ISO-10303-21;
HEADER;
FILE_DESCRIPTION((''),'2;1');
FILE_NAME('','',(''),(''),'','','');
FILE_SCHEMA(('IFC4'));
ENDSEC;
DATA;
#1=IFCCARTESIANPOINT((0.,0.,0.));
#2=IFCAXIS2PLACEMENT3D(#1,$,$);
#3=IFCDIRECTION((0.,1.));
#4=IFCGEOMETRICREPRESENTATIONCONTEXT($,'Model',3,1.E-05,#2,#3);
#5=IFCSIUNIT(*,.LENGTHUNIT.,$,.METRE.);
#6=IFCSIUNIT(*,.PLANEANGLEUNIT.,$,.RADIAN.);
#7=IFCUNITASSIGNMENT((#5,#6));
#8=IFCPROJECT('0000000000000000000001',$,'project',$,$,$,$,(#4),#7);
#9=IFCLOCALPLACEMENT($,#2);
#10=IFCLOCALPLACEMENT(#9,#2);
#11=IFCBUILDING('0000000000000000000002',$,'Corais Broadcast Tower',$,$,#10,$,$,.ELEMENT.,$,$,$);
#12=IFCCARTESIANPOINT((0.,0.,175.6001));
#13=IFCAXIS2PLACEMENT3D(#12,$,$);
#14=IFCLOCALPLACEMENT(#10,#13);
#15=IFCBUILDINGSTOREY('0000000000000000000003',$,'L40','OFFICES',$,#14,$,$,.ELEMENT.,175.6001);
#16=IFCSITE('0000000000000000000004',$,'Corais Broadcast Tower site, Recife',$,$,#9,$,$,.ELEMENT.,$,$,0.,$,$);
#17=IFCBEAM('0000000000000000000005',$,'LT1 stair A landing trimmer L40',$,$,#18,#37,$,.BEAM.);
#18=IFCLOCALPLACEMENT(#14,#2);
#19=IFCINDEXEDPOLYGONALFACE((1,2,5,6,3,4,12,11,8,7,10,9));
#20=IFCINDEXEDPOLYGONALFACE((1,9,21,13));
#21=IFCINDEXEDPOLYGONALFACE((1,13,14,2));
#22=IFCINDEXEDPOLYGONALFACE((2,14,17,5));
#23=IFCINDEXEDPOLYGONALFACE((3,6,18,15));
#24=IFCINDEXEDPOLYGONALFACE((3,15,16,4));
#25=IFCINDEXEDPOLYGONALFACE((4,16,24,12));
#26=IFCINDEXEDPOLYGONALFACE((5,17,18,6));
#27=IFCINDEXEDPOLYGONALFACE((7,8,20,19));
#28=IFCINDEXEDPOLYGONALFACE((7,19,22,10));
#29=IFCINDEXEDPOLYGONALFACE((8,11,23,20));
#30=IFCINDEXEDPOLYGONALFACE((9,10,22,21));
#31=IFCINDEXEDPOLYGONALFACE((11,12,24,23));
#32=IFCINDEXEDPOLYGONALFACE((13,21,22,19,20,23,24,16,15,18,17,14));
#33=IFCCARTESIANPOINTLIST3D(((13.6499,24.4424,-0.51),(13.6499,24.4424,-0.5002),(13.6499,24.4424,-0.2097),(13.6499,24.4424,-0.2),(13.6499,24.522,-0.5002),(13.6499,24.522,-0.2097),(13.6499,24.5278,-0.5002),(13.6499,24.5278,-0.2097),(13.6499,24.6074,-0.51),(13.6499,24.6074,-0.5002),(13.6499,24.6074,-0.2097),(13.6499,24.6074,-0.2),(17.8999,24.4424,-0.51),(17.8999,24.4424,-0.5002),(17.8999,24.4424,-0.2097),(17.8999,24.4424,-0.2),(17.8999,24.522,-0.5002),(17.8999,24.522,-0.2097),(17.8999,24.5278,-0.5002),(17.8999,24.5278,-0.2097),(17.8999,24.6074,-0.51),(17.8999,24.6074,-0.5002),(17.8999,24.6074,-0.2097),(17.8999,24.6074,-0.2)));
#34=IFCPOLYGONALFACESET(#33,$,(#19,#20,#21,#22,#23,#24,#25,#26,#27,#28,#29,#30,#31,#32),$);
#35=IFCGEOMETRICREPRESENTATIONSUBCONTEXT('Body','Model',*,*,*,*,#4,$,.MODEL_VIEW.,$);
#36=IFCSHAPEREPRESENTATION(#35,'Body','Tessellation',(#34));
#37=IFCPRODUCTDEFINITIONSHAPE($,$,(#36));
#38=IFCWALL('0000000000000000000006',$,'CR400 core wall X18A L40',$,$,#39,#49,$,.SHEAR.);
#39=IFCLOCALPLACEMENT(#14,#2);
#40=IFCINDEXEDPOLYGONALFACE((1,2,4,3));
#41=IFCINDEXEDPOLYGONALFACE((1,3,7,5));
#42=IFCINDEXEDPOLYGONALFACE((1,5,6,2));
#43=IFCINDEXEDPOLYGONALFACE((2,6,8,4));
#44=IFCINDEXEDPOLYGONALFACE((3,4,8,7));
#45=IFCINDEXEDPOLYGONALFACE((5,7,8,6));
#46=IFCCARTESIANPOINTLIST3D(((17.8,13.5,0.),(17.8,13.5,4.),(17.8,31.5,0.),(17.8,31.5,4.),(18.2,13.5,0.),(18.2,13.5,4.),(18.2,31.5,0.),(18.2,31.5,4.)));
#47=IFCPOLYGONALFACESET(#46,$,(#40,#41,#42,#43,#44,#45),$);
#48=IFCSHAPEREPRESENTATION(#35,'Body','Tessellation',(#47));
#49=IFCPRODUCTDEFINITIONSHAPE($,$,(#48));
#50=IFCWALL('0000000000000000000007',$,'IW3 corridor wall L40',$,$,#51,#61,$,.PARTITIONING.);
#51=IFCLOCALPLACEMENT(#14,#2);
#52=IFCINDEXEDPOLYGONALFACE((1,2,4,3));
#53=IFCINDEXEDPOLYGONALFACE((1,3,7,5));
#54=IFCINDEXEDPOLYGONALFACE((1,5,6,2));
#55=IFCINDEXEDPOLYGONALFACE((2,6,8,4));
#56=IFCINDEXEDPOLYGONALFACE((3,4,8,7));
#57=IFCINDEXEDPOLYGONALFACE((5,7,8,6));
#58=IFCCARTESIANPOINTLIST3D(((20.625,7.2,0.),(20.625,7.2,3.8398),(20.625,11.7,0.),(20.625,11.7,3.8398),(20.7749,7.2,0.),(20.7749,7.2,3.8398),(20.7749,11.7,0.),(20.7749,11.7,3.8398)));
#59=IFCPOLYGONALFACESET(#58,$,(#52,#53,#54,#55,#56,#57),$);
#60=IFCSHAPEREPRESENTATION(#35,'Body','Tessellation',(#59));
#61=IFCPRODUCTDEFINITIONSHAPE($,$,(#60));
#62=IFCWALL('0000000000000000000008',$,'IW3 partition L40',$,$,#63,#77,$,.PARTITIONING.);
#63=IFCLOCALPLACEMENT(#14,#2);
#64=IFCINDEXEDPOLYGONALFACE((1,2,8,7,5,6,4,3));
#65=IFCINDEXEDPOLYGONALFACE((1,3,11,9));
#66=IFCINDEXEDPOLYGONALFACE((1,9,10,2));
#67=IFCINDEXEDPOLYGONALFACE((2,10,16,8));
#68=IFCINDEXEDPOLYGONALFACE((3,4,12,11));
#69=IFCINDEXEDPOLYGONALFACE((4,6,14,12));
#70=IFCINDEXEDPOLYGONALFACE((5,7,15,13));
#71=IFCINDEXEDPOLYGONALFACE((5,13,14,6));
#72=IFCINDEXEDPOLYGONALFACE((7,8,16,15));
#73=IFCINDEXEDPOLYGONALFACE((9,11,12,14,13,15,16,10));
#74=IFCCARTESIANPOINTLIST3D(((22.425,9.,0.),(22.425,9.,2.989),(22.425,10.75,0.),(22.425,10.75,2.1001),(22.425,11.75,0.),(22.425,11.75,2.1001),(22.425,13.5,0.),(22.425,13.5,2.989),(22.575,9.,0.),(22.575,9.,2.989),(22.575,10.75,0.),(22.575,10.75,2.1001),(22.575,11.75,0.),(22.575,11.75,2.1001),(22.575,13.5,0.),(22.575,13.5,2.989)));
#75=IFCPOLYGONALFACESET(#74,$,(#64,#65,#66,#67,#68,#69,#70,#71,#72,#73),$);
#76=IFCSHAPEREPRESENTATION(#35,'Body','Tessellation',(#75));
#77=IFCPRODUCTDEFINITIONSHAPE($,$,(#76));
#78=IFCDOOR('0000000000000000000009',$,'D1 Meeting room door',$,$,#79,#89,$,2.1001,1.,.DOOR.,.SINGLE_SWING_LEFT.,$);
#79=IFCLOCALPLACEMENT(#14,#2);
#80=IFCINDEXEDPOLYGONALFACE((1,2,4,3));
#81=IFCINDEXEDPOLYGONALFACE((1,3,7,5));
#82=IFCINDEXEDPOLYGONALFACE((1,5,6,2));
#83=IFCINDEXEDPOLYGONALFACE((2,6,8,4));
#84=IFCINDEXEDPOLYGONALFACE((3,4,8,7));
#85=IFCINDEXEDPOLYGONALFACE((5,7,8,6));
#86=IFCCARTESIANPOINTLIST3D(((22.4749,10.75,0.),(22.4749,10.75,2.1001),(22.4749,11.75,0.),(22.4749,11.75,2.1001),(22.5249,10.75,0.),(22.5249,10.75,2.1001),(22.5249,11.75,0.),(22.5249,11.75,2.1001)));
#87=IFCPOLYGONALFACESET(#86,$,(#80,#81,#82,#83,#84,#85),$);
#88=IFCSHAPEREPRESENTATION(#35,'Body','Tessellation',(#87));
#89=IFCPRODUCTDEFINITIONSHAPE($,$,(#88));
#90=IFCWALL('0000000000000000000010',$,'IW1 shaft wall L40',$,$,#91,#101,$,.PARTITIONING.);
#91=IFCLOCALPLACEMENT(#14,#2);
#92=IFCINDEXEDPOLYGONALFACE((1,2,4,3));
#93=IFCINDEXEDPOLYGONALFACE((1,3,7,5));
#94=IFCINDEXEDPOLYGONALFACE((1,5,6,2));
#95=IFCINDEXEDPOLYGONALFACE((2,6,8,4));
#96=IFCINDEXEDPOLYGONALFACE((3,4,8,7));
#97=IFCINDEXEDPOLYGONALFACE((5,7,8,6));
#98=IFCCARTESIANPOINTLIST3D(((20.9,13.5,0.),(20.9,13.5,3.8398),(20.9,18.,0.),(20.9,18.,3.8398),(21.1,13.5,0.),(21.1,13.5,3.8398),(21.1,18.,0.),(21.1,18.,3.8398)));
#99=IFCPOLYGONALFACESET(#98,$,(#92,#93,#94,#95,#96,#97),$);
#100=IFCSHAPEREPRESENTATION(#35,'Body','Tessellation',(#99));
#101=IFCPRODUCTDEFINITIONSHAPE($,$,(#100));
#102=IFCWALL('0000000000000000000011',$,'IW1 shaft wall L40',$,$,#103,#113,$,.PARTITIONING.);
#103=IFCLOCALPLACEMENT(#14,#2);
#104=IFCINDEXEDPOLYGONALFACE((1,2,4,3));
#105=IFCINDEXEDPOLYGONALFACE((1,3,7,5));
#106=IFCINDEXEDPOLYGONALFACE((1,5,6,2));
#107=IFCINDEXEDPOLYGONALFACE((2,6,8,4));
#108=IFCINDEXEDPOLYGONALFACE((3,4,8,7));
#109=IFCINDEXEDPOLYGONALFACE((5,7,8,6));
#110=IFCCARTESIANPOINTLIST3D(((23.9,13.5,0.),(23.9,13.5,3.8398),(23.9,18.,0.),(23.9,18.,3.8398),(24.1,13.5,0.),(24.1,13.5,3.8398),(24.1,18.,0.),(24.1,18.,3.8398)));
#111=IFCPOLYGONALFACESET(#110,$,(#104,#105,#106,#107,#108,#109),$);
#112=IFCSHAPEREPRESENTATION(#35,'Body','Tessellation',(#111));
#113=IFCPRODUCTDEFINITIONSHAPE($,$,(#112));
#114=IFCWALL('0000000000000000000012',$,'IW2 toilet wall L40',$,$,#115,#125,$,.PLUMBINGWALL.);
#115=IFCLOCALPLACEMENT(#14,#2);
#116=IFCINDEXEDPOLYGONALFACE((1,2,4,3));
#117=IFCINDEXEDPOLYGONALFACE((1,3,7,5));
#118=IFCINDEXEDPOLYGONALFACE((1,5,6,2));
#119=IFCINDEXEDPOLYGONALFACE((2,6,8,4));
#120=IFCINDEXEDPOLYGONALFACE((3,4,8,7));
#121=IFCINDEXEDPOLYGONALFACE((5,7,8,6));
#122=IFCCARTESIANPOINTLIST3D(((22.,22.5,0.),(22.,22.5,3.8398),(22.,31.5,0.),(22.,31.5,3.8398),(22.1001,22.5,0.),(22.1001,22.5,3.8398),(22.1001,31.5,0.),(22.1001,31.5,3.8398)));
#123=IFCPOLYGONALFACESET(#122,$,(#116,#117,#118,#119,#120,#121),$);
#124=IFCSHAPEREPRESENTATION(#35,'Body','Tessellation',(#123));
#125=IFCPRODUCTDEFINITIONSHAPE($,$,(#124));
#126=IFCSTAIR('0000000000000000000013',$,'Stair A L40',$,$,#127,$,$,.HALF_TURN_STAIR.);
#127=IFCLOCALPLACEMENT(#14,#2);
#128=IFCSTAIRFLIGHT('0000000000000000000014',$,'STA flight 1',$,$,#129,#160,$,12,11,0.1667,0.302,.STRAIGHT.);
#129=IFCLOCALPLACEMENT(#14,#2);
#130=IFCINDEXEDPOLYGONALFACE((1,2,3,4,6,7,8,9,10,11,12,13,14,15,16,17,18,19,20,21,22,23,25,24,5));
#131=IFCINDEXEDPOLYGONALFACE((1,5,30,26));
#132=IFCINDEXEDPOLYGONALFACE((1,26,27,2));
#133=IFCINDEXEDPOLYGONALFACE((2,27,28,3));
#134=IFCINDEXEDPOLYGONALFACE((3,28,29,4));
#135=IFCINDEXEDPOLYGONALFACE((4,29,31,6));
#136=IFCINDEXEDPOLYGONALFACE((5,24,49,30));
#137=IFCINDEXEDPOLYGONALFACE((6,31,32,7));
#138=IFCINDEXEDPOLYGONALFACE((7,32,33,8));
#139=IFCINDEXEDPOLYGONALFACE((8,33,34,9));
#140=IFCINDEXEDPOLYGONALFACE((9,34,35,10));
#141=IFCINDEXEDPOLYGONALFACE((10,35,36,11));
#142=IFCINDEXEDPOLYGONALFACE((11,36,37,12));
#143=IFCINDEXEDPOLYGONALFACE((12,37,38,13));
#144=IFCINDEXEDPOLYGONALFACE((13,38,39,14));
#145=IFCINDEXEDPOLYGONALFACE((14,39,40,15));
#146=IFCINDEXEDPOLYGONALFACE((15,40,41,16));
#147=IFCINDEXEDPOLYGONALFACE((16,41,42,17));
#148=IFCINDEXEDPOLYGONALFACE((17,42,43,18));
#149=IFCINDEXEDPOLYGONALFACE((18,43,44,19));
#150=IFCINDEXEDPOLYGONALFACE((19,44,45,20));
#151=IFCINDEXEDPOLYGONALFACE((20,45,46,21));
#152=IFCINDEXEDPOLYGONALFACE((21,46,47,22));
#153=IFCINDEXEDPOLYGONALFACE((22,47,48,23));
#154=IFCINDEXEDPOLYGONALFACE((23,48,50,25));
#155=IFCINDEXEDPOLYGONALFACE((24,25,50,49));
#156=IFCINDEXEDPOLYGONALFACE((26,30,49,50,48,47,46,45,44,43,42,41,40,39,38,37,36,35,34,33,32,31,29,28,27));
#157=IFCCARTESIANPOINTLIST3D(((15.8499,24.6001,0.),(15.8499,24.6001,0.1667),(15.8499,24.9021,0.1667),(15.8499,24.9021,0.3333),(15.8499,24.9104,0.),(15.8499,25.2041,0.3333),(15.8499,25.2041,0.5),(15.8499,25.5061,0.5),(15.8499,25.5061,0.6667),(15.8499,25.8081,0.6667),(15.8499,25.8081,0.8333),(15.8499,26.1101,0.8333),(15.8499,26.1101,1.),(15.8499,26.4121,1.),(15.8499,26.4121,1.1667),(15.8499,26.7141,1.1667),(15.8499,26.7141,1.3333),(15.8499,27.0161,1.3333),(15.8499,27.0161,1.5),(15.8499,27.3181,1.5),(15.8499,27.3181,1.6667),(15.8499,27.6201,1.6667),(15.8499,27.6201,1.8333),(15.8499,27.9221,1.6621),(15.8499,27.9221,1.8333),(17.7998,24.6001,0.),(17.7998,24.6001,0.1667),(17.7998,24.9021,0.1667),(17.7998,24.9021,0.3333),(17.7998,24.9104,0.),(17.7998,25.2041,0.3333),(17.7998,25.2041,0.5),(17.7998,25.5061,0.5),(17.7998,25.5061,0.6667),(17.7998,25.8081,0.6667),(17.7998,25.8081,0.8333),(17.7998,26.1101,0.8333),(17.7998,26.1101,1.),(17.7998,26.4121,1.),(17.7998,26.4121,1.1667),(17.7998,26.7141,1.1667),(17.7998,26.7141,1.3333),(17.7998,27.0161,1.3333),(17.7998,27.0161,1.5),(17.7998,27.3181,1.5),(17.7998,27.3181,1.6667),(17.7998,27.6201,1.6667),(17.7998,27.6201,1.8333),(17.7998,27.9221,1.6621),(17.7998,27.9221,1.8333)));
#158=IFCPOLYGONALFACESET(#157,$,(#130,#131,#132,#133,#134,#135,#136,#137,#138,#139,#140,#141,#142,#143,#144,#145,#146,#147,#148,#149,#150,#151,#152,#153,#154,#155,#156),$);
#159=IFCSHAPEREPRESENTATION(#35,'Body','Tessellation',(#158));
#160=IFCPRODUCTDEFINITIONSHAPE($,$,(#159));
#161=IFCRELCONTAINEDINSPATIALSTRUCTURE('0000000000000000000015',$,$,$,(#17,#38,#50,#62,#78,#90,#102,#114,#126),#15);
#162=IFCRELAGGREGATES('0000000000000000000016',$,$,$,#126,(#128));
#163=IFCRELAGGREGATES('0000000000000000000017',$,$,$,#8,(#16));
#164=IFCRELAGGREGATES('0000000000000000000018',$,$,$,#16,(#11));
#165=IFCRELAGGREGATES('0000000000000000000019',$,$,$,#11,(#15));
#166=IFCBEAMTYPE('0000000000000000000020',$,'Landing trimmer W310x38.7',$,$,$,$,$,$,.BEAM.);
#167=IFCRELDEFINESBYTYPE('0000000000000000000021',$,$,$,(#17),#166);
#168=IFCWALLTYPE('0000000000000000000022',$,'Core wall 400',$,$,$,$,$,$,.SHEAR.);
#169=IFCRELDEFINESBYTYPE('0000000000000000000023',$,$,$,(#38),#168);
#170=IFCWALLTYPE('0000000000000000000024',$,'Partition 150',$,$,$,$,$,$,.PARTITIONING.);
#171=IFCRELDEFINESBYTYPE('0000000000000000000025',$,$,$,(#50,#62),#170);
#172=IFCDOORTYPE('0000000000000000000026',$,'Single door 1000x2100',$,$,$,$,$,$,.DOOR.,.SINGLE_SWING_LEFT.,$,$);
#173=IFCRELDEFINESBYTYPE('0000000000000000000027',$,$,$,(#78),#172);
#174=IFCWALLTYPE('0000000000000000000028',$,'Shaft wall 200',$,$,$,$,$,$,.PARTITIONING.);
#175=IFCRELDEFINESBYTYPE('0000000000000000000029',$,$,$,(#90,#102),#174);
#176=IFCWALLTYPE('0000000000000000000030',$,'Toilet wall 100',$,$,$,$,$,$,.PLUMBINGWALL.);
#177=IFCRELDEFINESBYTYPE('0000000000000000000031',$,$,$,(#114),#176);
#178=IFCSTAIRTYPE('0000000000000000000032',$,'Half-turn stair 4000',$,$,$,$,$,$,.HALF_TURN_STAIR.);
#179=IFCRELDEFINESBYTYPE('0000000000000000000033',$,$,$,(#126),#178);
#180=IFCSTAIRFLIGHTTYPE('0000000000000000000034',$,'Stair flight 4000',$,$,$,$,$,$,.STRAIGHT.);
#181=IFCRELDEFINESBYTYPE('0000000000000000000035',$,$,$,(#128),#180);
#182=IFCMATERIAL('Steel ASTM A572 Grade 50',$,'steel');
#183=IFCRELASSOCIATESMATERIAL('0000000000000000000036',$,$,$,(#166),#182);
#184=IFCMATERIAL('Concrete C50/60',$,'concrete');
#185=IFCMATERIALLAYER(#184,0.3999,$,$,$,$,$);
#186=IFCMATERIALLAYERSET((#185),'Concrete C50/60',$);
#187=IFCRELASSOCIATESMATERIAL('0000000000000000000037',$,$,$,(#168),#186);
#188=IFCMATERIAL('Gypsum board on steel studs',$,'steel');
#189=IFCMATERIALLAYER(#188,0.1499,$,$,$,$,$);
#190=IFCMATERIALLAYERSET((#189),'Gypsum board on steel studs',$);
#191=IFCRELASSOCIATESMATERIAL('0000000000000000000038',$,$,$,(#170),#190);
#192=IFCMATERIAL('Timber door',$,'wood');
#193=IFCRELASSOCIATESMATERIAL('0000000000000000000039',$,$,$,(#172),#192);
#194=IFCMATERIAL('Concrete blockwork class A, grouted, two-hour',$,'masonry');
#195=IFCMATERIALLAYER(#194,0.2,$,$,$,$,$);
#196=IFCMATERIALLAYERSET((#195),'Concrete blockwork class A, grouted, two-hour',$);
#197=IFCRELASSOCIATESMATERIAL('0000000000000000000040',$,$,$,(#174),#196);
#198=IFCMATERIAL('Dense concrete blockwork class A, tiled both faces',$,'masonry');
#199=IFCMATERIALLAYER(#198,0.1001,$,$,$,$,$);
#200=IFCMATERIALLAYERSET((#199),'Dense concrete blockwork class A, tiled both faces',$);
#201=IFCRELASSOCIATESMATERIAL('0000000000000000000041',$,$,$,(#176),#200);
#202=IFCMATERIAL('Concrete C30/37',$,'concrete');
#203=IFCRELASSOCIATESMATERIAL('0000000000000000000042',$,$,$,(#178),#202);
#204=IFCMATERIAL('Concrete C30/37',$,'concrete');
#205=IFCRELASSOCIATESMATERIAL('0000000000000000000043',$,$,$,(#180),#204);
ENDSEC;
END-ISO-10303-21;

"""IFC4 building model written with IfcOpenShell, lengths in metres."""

from ifc_helpers import new_model, si_unit, direction, frame, frame_2d, origin, origin_2d, place, context, subcontext, project, spatial, polyline, rectangle, i_section, outline, extrude, material, layer, layer_set, material_profile, profile_set, type_object, element, fill, aggregate, save


model = new_model("IFC4")

# Units and contexts
model_context = context("Model", 3, precision=1e-05, world=origin(), true_north=direction((0.0, 1.0)))
body_context = subcontext(model_context, "Body", "Model", "MODEL_VIEW")
ifc_project = project(units=[si_unit("LENGTHUNIT", "METRE"), si_unit("PLANEANGLEUNIT", "RADIAN")], contexts=[model_context])

# Site, building, storey
site_placement = place(None, origin())
site = spatial("IfcSite", under=ifc_project, at=site_placement, Name="Corais Broadcast Tower site, Recife", CompositionType="ELEMENT", RefElevation=0.0)
building_placement = place(site_placement, origin())
building = spatial("IfcBuilding", under=site, at=building_placement, Name="Corais Broadcast Tower", CompositionType="ELEMENT")
storey_placement = place(building_placement, frame((0.0, 0.0, 175.6001)))
storey = spatial("IfcBuildingStorey", under=building, at=storey_placement, Name="L40", Description="OFFICES", CompositionType="ELEMENT", Elevation=175.6001)

# Beam
ifc_material_1 = material(Name="Steel ASTM A572 Grade 50", Category="steel")
ifc_material_profile = material_profile(ifc_material_1, i_section(OverallWidth=0.165, OverallDepth=0.3101, WebThickness=0.0059, FlangeThickness=0.0098, at=origin_2d()), Name="W310x38.7")
ifc_profile_set = profile_set([ifc_material_profile], Name="Steel ASTM A572 Grade 50")
beam_type = type_object("IfcBeamType", Name="Landing trimmer W310x38.7", PredefinedType="BEAM", material=ifc_profile_set)
beam_placement = place(storey_placement, frame((13.6499, 24.5249, -0.355), z_axis=(1.0, 0.0, 0.0), x_axis=(0.0, 1.0, 0.0)))
element("IfcBeam", 1, at=beam_placement, inside=storey, type_object=beam_type, Name="LT1 stair A landing trimmer L40", PredefinedType="BEAM", context=body_context, shape_type="SweptSolid", body=[
    extrude(i_section(OverallWidth=0.165, OverallDepth=0.3101, WebThickness=0.0059, FlangeThickness=0.0098, at=origin_2d()), origin(), (0.0, 0.0, 1.0), 4.25),
])

# Walls
ifc_material_2 = material(Name="Concrete C50/60", Category="concrete")
ifc_layer_1 = layer(ifc_material_2, 0.3999)
ifc_layer_set_1 = layer_set([ifc_layer_1], Name="Concrete C50/60")
wall_type_1 = type_object("IfcWallType", Name="Core wall 400", PredefinedType="SHEAR", material=ifc_layer_set_1)
wall_1_placement = place(storey_placement, frame((18.0, 13.5, 0.0), z_axis=(0.0, 0.0, 1.0), x_axis=(0.0, 1.0, 0.0)))
element("IfcWall", 2, at=wall_1_placement, inside=storey, type_object=wall_type_1, Name="CR400 core wall X18A L40", PredefinedType="SHEAR", context=body_context, shape_type="SweptSolid", body=[
    extrude(rectangle(XDim=18.0, YDim=0.3999, at=frame_2d((9.0, 0.0))), origin(), (0.0, 0.0, 1.0), 4.0),
])
ifc_material_3 = material(Name="Gypsum board on steel studs", Category="steel")
ifc_layer_2 = layer(ifc_material_3, 0.1499)
ifc_layer_set_2 = layer_set([ifc_layer_2], Name="Gypsum board on steel studs")
wall_type_2 = type_object("IfcWallType", Name="Partition 150", PredefinedType="PARTITIONING", material=ifc_layer_set_2)
wall_2_placement = place(storey_placement, frame((20.7, 11.7, 0.0), z_axis=(0.0, 0.0, 1.0), x_axis=(0.0, -1.0, 0.0)))
element("IfcWall", 3, at=wall_2_placement, inside=storey, type_object=wall_type_2, Name="IW3 corridor wall L40", PredefinedType="PARTITIONING", context=body_context, shape_type="SweptSolid", body=[
    extrude(rectangle(XDim=4.5, YDim=0.1499, at=frame_2d((2.25, 0.0))), origin(), (0.0, 0.0, 1.0), 3.8398),
])

# Wall, opening, door
wall_3_placement = place(storey_placement, frame((22.5, 13.5, 0.0), z_axis=(0.0, 0.0, 1.0), x_axis=(0.0, -1.0, 0.0)))
wall_3 = element("IfcWall", 4, at=wall_3_placement, inside=storey, type_object=wall_type_2, Name="IW3 partition L40", PredefinedType="PARTITIONING", context=body_context, shape_type="SweptSolid", body=[
    extrude(rectangle(XDim=4.5, YDim=0.1499, at=frame_2d((2.25, 0.0))), origin(), (0.0, 0.0, 1.0), 2.989),
])
opening_placement = place(wall_3_placement, frame((1.75, 0.0, 0.0)))
opening = element("IfcOpeningElement", 5, at=opening_placement, cuts=wall_3, PredefinedType="OPENING", context=body_context, shape_type="SweptSolid", body=[
    extrude(rectangle(XDim=1.0, YDim=2.1001, at=frame_2d((0.5, 1.05))), frame((0.0, 0.085, 0.0), z_axis=(0.0, -1.0, 0.0), x_axis=(1.0, 0.0, 0.0)), (0.0, 0.0, 1.0), 0.1699),
])
ifc_material_4 = material(Name="Timber door", Category="wood")
door_type = type_object("IfcDoorType", Name="Single door 1000x2100", OperationType="SINGLE_SWING_LEFT", PredefinedType="DOOR", material=ifc_material_4)
door_placement = place(opening_placement, origin())
door = element("IfcDoor", 6, at=door_placement, inside=storey, type_object=door_type, Name="D1 Meeting room door", OperationType="SINGLE_SWING_LEFT", OverallHeight=2.1001, OverallWidth=1.0, PredefinedType="DOOR", context=body_context, shape_type="SweptSolid", body=[
    extrude(rectangle(XDim=1.0, YDim=2.1001, at=frame_2d((0.5, 1.05))), frame((0.0, 0.0249, 0.0), z_axis=(0.0, -1.0, 0.0), x_axis=(1.0, 0.0, 0.0)), (0.0, 0.0, 1.0), 0.05),
])
fill(opening, door)

# Walls
ifc_material_5 = material(Name="Concrete blockwork class A, grouted, two-hour", Category="masonry")
ifc_layer_3 = layer(ifc_material_5, 0.2)
ifc_layer_set_3 = layer_set([ifc_layer_3], Name="Concrete blockwork class A, grouted, two-hour")
wall_type_3 = type_object("IfcWallType", Name="Shaft wall 200", PredefinedType="PARTITIONING", material=ifc_layer_set_3)
for number, where, z_axis, x_axis, name in (
    (7, (21.0, 13.5, 0.0), (0.0, 0.0, 1.0), (0.0, 1.0, 0.0), "IW1 shaft wall L40"),
    (8, (24.0, 13.5, 0.0), (0.0, 0.0, 1.0), (0.0, 1.0, 0.0), "IW1 shaft wall L40"),
):
    element("IfcWall", number, at=place(storey_placement, frame(where, z_axis=z_axis, x_axis=x_axis)), inside=storey, type_object=wall_type_3, Name=name, PredefinedType="PARTITIONING", context=body_context, shape_type="SweptSolid", body=[
        extrude(rectangle(XDim=4.5, YDim=0.2, at=frame_2d((2.25, 0.0))), origin(), (0.0, 0.0, 1.0), 3.8398),
    ])
ifc_material_6 = material(Name="Dense concrete blockwork class A, tiled both faces", Category="masonry")
ifc_layer_4 = layer(ifc_material_6, 0.1001)
ifc_layer_set_4 = layer_set([ifc_layer_4], Name="Dense concrete blockwork class A, tiled both faces")
wall_type_4 = type_object("IfcWallType", Name="Toilet wall 100", PredefinedType="PLUMBINGWALL", material=ifc_layer_set_4)
wall_4_placement = place(storey_placement, frame((22.05, 22.5, 0.0), z_axis=(0.0, 0.0, 1.0), x_axis=(0.0, 1.0, 0.0)))
element("IfcWall", 9, at=wall_4_placement, inside=storey, type_object=wall_type_4, Name="IW2 toilet wall L40", PredefinedType="PLUMBINGWALL", context=body_context, shape_type="SweptSolid", body=[
    extrude(rectangle(XDim=9.0, YDim=0.1001, at=frame_2d((4.5, 0.0))), origin(), (0.0, 0.0, 1.0), 3.8398),
])

# Stair, stair flight
ifc_material_7 = material(Name="Concrete C30/37", Category="concrete")
stair_type = type_object("IfcStairType", Name="Half-turn stair 4000", PredefinedType="HALF_TURN_STAIR", material=ifc_material_7)
stair_placement = place(storey_placement, origin())
stair = element("IfcStair", 10, at=stair_placement, inside=storey, type_object=stair_type, Name="Stair A L40", PredefinedType="HALF_TURN_STAIR")
ifc_material_8 = material(Name="Concrete C30/37", Category="concrete")
stair_flight_type = type_object("IfcStairFlightType", Name="Stair flight 4000", PredefinedType="STRAIGHT", material=ifc_material_8)
stair_flight_placement = place(storey_placement, frame((16.825, 24.6001, 0.0), z_axis=(0.0, 0.0, 1.0), x_axis=(0.0, 1.0, 0.0)))
stair_flight = element("IfcStairFlight", 11, at=stair_flight_placement, type_object=stair_flight_type, Name="STA flight 1", NumberOfRisers=12, NumberOfTreads=11, PredefinedType="STRAIGHT", RiserHeight=0.1667, TreadLength=0.302, context=body_context, shape_type="SweptSolid", body=[
    extrude(outline(polyline([(0.0, 0.0), (0.0, 0.1667), (0.302, 0.1667), (0.302, 0.3333), (0.604, 0.3333), (0.604, 0.5), (0.906, 0.5), (0.906, 0.6667), (1.208, 0.6667), (1.208, 0.8333), (1.51, 0.8333), (1.51, 1.0), (1.812, 1.0), (1.812, 1.1667), (2.114, 1.1667), (2.114, 1.3333), (2.416, 1.3333), (2.416, 1.5), (2.718, 1.5), (2.718, 1.6667), (3.02, 1.6667), (3.02, 1.8333), (3.322, 1.8333), (3.322, 2.0), (3.322, 1.6621), (0.3103, 0.0), (0.0, 0.0)])), frame((0.0, 0.9751, 0.0), z_axis=(0.0, -1.0, 0.0), x_axis=(1.0, 0.0, 0.0)), (0.0, 0.0, 1.0), 1.95),
])
aggregate(stair, [stair_flight])

save(model, "model.ifc")
